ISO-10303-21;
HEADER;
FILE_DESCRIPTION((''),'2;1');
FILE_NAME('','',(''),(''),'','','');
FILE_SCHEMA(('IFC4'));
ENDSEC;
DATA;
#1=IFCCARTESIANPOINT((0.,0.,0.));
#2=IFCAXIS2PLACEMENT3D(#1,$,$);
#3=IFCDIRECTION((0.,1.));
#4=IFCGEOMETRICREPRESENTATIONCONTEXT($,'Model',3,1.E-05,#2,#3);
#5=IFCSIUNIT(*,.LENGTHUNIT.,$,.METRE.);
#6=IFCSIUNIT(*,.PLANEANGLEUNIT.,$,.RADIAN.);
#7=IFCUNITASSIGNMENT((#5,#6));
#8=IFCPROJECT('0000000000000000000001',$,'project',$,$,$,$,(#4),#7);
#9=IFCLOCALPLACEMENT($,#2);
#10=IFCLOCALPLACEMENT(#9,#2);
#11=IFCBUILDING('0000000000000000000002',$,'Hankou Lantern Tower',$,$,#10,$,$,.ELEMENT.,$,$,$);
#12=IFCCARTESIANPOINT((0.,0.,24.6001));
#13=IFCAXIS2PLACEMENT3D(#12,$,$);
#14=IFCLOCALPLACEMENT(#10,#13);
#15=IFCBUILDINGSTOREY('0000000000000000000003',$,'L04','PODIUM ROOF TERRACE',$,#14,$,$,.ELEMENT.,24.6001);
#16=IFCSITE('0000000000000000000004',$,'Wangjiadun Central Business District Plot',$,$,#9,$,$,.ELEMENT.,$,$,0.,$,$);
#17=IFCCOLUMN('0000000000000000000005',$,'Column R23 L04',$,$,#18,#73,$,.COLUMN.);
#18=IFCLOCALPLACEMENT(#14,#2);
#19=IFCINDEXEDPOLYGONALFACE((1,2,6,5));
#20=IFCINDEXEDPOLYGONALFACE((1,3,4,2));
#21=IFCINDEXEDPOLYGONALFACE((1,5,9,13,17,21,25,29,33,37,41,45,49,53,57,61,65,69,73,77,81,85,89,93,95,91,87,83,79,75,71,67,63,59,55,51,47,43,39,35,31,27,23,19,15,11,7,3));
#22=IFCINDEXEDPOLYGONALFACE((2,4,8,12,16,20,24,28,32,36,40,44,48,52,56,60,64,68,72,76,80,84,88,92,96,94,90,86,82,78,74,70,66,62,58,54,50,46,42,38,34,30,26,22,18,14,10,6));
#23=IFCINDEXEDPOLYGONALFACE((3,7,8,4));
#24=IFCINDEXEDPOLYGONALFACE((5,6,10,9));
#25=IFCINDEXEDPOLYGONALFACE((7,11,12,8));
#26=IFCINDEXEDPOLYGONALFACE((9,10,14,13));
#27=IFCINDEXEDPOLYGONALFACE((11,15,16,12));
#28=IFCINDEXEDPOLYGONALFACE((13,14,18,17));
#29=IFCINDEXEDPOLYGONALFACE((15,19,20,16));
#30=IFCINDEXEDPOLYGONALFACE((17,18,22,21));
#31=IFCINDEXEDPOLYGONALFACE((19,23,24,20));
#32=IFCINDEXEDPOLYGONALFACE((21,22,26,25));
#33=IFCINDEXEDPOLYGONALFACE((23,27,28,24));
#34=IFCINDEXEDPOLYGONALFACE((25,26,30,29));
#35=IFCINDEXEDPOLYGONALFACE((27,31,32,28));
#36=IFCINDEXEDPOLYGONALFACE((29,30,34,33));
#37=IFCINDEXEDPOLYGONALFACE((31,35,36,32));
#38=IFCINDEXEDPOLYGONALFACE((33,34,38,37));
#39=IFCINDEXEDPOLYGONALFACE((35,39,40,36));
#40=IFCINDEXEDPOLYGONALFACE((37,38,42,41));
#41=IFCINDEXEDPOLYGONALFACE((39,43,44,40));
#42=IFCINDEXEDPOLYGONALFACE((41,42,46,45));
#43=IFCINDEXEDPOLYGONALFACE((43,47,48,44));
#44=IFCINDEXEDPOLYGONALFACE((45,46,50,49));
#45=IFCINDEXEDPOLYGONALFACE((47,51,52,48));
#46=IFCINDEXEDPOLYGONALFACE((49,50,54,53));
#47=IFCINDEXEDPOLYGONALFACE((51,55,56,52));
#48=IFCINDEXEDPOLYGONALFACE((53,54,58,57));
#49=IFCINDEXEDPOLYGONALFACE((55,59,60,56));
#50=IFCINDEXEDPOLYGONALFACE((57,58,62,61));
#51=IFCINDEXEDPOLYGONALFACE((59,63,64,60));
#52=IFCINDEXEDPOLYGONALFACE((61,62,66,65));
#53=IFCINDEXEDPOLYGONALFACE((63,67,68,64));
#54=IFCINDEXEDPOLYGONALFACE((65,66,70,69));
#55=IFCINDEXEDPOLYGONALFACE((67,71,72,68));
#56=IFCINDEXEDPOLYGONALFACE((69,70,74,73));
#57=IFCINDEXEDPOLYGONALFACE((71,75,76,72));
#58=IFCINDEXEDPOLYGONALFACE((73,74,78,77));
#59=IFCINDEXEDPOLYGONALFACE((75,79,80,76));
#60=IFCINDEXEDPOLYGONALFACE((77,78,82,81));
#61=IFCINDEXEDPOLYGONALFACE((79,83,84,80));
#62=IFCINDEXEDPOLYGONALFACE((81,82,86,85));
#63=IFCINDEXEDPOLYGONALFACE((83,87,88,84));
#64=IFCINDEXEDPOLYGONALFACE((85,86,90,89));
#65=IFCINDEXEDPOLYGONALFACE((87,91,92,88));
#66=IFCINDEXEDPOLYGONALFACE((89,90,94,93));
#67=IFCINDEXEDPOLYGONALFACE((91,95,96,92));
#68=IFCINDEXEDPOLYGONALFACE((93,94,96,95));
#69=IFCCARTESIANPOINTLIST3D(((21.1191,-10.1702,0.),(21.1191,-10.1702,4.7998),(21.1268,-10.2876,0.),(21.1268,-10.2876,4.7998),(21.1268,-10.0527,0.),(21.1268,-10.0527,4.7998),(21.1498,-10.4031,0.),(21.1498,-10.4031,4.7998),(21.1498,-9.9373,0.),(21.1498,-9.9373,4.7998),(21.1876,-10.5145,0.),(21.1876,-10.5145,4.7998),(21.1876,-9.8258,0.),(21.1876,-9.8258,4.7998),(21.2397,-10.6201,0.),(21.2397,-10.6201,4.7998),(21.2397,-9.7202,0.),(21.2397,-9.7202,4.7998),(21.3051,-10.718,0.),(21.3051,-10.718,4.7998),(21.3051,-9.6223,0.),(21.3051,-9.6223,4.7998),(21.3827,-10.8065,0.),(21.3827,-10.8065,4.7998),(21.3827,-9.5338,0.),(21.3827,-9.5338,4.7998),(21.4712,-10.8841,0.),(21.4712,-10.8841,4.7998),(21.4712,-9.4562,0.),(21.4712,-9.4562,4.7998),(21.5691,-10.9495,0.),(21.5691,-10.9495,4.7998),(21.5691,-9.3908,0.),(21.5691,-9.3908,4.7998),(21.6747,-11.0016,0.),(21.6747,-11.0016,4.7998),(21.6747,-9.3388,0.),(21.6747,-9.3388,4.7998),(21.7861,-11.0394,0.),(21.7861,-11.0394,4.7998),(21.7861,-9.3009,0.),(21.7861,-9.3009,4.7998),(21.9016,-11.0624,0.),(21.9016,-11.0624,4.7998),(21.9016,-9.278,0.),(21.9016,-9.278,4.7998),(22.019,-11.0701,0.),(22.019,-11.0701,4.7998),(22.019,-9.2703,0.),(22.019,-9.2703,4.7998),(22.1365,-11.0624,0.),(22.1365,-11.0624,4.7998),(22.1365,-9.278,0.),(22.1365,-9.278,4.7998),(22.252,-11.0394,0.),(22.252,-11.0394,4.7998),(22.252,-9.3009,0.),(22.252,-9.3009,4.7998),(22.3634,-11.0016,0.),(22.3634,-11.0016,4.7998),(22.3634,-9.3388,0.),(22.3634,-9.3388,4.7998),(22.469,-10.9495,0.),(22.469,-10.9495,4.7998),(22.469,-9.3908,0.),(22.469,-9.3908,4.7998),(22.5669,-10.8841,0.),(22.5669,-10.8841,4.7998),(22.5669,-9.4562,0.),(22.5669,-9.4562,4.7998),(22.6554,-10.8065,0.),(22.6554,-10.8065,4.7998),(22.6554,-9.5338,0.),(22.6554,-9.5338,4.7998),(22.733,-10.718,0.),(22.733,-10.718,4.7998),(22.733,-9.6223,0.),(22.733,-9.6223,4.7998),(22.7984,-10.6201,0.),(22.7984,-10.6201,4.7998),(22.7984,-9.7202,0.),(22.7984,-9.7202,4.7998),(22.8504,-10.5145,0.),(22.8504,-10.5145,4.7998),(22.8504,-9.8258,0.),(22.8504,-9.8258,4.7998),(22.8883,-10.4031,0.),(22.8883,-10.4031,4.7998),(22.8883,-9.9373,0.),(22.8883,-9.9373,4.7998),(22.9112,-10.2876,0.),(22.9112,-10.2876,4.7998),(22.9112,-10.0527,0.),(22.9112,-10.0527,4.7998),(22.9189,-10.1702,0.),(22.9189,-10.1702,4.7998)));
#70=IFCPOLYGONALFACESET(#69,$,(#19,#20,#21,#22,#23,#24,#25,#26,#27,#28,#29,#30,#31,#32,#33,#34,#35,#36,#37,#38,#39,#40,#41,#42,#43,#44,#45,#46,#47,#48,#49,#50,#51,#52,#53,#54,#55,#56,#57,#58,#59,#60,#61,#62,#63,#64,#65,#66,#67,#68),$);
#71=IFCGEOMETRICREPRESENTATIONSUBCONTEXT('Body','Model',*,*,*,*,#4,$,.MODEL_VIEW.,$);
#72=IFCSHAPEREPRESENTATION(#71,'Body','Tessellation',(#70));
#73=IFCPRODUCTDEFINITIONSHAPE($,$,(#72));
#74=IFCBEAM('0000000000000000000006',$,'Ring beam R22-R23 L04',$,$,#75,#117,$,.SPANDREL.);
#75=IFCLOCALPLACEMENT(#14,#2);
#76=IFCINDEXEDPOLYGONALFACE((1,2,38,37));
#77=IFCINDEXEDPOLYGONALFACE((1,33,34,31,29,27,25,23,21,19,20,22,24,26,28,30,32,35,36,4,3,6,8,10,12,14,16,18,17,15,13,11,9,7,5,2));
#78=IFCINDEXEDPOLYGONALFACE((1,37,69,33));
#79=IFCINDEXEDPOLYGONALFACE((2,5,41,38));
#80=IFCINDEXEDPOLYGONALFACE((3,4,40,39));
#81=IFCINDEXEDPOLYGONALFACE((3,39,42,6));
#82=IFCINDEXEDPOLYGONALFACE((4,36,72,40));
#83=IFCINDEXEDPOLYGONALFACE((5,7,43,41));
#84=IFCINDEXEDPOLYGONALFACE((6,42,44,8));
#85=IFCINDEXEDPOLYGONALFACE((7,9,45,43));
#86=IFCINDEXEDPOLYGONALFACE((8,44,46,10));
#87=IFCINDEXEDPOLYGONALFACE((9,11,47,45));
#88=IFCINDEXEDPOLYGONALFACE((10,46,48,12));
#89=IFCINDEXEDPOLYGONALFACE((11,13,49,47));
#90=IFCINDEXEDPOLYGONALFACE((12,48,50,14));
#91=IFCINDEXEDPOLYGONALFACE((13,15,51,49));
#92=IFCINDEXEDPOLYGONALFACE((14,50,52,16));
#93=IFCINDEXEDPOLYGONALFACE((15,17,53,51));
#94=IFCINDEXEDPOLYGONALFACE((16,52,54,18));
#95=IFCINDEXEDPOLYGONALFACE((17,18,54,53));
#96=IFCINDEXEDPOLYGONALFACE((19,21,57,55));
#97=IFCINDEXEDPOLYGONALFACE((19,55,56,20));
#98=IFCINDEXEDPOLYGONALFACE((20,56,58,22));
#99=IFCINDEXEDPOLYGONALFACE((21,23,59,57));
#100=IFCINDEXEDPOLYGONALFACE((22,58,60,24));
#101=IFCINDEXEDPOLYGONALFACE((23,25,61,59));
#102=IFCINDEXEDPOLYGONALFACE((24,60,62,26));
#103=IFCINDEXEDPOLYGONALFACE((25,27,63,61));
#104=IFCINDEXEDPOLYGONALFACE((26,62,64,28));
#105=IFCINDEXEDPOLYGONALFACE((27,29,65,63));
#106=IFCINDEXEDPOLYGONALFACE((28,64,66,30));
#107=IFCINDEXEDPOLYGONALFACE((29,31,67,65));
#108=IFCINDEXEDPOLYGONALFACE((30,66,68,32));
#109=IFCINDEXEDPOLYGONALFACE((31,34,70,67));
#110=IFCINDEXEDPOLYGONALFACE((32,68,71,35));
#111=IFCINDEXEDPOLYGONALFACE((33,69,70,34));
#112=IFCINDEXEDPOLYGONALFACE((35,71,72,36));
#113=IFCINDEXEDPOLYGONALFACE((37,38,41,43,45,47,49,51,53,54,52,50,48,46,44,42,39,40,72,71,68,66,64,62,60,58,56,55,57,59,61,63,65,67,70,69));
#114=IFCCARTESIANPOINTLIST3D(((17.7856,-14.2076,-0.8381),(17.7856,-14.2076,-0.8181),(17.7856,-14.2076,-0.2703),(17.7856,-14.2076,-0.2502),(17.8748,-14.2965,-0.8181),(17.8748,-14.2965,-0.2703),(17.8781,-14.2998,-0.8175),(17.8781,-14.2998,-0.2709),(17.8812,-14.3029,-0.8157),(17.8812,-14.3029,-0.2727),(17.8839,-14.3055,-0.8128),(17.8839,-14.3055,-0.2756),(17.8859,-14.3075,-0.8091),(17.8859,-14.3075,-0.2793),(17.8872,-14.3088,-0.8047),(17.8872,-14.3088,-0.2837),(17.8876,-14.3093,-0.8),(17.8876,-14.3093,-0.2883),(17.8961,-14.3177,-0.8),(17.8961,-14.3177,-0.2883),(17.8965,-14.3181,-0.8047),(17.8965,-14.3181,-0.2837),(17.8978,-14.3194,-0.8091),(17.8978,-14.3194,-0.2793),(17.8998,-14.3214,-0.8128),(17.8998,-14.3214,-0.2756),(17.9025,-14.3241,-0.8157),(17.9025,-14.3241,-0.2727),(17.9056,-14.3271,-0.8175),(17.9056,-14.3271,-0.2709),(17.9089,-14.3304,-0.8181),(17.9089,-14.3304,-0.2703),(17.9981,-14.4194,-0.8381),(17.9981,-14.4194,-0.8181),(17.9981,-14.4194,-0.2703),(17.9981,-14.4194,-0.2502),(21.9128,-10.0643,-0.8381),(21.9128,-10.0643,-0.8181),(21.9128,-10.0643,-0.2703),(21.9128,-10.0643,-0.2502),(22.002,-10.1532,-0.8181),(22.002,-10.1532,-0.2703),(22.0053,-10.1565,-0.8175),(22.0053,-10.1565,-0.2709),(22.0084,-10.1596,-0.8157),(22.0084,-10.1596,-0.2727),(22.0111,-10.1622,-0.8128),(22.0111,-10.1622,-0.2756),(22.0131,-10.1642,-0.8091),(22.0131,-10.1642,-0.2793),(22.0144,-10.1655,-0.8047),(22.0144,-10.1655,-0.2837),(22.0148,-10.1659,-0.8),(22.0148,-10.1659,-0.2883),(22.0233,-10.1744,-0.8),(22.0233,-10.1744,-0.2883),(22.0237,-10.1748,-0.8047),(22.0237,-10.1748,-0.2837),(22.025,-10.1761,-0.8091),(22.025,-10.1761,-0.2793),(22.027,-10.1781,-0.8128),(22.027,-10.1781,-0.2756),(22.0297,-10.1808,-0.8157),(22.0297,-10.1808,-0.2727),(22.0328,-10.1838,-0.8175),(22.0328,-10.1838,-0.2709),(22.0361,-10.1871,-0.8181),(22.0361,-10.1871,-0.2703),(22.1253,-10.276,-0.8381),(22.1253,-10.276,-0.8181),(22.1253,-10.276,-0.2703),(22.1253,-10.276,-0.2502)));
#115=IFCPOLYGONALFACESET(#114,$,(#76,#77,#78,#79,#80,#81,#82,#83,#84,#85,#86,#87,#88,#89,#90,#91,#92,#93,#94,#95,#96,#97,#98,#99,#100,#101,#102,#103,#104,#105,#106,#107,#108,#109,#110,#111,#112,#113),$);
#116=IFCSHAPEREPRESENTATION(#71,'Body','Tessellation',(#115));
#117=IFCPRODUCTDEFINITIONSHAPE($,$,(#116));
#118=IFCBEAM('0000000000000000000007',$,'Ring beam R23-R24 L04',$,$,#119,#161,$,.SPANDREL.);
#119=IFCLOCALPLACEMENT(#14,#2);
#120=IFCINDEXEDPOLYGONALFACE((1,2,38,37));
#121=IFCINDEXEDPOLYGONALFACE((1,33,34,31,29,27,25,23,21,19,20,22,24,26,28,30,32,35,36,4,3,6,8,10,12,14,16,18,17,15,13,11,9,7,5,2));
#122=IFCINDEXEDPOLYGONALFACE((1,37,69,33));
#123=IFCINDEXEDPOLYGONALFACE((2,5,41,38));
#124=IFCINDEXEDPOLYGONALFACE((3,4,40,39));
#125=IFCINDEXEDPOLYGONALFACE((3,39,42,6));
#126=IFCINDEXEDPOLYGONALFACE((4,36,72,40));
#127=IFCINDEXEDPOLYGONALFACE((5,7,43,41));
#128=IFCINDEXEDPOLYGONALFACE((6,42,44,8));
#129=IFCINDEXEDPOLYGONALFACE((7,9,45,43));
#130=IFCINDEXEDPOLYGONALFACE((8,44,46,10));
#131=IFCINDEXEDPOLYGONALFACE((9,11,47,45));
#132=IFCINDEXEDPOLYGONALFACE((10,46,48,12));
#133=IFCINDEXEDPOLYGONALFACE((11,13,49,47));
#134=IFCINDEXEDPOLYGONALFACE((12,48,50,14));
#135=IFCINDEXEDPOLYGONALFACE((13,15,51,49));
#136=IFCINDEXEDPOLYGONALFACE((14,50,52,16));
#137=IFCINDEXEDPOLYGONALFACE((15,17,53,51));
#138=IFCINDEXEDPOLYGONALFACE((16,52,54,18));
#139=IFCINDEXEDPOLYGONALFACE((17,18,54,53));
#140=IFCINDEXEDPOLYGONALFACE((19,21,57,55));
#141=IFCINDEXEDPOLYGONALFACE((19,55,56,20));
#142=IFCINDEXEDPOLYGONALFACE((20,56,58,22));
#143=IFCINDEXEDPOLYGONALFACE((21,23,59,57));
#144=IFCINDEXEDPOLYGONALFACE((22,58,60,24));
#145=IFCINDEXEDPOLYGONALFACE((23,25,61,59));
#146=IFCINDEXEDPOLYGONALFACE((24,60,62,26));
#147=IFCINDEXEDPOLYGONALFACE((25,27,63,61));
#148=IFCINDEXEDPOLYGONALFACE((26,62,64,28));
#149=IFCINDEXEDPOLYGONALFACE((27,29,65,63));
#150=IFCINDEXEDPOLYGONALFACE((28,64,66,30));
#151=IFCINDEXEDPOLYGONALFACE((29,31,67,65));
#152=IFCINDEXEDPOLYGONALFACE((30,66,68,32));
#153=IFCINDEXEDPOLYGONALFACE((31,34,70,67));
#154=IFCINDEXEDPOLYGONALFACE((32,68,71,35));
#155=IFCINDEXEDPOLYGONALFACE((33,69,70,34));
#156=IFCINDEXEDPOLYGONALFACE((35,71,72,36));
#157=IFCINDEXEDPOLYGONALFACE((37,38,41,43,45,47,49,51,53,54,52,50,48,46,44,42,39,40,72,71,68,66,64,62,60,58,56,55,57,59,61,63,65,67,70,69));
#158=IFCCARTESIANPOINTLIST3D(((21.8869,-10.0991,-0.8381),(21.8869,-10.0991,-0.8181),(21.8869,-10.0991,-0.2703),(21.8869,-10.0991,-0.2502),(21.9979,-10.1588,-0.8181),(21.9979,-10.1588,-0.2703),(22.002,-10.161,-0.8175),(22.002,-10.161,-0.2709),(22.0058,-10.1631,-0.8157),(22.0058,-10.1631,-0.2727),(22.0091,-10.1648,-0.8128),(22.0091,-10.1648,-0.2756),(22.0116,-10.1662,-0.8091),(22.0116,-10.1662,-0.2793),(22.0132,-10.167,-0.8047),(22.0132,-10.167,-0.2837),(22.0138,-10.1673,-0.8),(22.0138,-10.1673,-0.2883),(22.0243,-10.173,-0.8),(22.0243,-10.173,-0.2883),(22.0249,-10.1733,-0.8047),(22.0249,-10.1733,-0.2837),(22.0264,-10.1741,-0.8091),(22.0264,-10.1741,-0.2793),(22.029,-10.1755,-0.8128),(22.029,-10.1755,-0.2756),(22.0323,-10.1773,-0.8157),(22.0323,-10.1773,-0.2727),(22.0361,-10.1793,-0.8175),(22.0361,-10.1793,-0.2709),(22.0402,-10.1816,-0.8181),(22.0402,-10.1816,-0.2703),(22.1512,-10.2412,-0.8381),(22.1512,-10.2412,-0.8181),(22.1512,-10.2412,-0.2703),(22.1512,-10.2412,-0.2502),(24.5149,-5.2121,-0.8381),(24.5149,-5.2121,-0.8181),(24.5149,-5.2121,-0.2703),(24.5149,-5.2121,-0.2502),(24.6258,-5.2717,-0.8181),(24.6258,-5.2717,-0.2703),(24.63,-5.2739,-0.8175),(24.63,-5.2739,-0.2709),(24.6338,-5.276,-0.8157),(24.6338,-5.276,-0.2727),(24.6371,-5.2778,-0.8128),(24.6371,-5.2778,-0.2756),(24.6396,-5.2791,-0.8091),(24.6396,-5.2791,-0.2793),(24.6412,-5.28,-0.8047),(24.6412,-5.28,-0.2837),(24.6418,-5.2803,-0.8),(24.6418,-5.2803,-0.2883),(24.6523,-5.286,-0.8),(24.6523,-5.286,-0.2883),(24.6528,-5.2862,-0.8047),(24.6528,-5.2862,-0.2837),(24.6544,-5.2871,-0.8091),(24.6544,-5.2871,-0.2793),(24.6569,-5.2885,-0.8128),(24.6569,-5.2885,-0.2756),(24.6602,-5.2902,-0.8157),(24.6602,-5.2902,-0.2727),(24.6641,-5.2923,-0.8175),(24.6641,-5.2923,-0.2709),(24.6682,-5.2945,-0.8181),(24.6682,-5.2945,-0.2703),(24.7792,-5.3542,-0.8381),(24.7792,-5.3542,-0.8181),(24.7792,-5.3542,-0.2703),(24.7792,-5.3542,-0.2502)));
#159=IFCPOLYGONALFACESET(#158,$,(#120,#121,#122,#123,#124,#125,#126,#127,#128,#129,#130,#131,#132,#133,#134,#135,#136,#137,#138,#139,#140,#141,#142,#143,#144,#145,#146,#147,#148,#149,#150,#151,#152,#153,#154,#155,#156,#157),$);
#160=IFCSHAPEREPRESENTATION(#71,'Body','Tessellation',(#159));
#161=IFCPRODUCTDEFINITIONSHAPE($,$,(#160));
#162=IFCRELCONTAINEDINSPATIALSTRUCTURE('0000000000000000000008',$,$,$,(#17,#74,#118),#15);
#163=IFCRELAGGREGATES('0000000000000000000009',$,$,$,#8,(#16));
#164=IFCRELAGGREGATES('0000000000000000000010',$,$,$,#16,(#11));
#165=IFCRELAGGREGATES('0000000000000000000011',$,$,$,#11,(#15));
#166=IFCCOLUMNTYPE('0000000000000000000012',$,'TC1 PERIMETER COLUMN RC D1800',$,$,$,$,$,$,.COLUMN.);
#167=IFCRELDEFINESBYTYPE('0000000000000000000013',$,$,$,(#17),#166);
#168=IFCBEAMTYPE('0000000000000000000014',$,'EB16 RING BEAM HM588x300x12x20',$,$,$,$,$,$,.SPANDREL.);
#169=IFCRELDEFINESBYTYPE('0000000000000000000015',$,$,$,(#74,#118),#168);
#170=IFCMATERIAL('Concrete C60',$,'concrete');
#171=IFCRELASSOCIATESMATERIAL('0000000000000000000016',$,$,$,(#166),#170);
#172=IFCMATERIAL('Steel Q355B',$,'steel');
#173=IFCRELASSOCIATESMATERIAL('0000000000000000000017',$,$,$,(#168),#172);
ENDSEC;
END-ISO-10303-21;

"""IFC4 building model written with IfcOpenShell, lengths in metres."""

from ifc_helpers import new_model, si_unit, direction, frame, origin, origin_2d, place, context, subcontext, project, spatial, circle, i_section, extrude, material, material_profile, profile_set, type_object, element, save


model = new_model("IFC4")

# Units and contexts
model_context = context("Model", 3, precision=1e-05, world=origin(), true_north=direction((0.0, 1.0)))
body_context = subcontext(model_context, "Body", "Model", "MODEL_VIEW")
ifc_project = project(units=[si_unit("LENGTHUNIT", "METRE"), si_unit("PLANEANGLEUNIT", "RADIAN")], contexts=[model_context])

# Site, building, storey
site_placement = place(None, origin())
site = spatial("IfcSite", under=ifc_project, at=site_placement, Name="Wangjiadun Central Business District Plot", CompositionType="ELEMENT", RefElevation=0.0)
building_placement = place(site_placement, origin())
building = spatial("IfcBuilding", under=site, at=building_placement, Name="Hankou Lantern Tower", CompositionType="ELEMENT")
storey_placement = place(building_placement, frame((0.0, 0.0, 24.6001)))
storey = spatial("IfcBuildingStorey", under=building, at=storey_placement, Name="L04", Description="PODIUM ROOF TERRACE", CompositionType="ELEMENT", Elevation=24.6001)

# Column
ifc_material_1 = material(Name="Concrete C60", Category="concrete")
ifc_material_profile_1 = material_profile(ifc_material_1, circle(Radius=0.8999, at=origin_2d()), Name="RC D1800")
ifc_profile_set_1 = profile_set([ifc_material_profile_1], Name="Concrete C60")
column_type = type_object("IfcColumnType", Name="TC1 PERIMETER COLUMN RC D1800", PredefinedType="COLUMN", material=ifc_profile_set_1)
column_placement = place(storey_placement, frame((22.019, -10.1702, 0.0), z_axis=(0.0, 0.0, 1.0), x_axis=(1.0, 0.0, 0.0)))
element("IfcColumn", 1, at=column_placement, inside=storey, type_object=column_type, Name="Column R23 L04", PredefinedType="COLUMN", context=body_context, shape_type="SweptSolid", body=[
    extrude(circle(Radius=0.8999, at=origin_2d()), origin(), (0.0, 0.0, 1.0), 4.7998),
])

# Beams
ifc_material_2 = material(Name="Steel Q355B", Category="steel")
ifc_material_profile_2 = material_profile(ifc_material_2, i_section(OverallWidth=0.3, OverallDepth=0.5879, WebThickness=0.012, FlangeThickness=0.02, FilletRadius=0.0181, at=origin_2d()), Name="HM588x300x12x20")
ifc_profile_set_2 = profile_set([ifc_material_profile_2], Name="Steel Q355B")
beam_type_1 = type_object("IfcBeamType", Name="EB16 RING BEAM HM588x300x12x20", PredefinedType="SPANDREL", material=ifc_profile_set_2)
beam_1_placement = place(storey_placement, frame((17.8918, -14.3135, -0.5442), z_axis=(0.705728, 0.708483, 0.0), x_axis=(-0.708483, 0.705728, 0.0)))
element("IfcBeam", 2, at=beam_1_placement, inside=storey, type_object=beam_type_1, Name="Ring beam R22-R23 L04", PredefinedType="SPANDREL", context=body_context, shape_type="SweptSolid", body=[
    extrude(i_section(OverallWidth=0.3, OverallDepth=0.5879, WebThickness=0.012, FlangeThickness=0.02, FilletRadius=0.0181, at=origin_2d()), origin(), (0.0, 0.0, 1.0), 5.8481),
])
beam_2_placement = place(storey_placement, frame((22.019, -10.1702, -0.5442), z_axis=(0.473609, 0.880735, 0.0), x_axis=(-0.880735, 0.473609, 0.0)))
element("IfcBeam", 3, at=beam_2_placement, inside=storey, type_object=beam_type_1, Name="Ring beam R23-R24 L04", PredefinedType="SPANDREL", context=body_context, shape_type="SweptSolid", body=[
    extrude(i_section(OverallWidth=0.3, OverallDepth=0.5879, WebThickness=0.012, FlangeThickness=0.02, FilletRadius=0.0181, at=origin_2d()), origin(), (0.0, 0.0, 1.0), 5.5488),
])

save(model, "model.ifc")
